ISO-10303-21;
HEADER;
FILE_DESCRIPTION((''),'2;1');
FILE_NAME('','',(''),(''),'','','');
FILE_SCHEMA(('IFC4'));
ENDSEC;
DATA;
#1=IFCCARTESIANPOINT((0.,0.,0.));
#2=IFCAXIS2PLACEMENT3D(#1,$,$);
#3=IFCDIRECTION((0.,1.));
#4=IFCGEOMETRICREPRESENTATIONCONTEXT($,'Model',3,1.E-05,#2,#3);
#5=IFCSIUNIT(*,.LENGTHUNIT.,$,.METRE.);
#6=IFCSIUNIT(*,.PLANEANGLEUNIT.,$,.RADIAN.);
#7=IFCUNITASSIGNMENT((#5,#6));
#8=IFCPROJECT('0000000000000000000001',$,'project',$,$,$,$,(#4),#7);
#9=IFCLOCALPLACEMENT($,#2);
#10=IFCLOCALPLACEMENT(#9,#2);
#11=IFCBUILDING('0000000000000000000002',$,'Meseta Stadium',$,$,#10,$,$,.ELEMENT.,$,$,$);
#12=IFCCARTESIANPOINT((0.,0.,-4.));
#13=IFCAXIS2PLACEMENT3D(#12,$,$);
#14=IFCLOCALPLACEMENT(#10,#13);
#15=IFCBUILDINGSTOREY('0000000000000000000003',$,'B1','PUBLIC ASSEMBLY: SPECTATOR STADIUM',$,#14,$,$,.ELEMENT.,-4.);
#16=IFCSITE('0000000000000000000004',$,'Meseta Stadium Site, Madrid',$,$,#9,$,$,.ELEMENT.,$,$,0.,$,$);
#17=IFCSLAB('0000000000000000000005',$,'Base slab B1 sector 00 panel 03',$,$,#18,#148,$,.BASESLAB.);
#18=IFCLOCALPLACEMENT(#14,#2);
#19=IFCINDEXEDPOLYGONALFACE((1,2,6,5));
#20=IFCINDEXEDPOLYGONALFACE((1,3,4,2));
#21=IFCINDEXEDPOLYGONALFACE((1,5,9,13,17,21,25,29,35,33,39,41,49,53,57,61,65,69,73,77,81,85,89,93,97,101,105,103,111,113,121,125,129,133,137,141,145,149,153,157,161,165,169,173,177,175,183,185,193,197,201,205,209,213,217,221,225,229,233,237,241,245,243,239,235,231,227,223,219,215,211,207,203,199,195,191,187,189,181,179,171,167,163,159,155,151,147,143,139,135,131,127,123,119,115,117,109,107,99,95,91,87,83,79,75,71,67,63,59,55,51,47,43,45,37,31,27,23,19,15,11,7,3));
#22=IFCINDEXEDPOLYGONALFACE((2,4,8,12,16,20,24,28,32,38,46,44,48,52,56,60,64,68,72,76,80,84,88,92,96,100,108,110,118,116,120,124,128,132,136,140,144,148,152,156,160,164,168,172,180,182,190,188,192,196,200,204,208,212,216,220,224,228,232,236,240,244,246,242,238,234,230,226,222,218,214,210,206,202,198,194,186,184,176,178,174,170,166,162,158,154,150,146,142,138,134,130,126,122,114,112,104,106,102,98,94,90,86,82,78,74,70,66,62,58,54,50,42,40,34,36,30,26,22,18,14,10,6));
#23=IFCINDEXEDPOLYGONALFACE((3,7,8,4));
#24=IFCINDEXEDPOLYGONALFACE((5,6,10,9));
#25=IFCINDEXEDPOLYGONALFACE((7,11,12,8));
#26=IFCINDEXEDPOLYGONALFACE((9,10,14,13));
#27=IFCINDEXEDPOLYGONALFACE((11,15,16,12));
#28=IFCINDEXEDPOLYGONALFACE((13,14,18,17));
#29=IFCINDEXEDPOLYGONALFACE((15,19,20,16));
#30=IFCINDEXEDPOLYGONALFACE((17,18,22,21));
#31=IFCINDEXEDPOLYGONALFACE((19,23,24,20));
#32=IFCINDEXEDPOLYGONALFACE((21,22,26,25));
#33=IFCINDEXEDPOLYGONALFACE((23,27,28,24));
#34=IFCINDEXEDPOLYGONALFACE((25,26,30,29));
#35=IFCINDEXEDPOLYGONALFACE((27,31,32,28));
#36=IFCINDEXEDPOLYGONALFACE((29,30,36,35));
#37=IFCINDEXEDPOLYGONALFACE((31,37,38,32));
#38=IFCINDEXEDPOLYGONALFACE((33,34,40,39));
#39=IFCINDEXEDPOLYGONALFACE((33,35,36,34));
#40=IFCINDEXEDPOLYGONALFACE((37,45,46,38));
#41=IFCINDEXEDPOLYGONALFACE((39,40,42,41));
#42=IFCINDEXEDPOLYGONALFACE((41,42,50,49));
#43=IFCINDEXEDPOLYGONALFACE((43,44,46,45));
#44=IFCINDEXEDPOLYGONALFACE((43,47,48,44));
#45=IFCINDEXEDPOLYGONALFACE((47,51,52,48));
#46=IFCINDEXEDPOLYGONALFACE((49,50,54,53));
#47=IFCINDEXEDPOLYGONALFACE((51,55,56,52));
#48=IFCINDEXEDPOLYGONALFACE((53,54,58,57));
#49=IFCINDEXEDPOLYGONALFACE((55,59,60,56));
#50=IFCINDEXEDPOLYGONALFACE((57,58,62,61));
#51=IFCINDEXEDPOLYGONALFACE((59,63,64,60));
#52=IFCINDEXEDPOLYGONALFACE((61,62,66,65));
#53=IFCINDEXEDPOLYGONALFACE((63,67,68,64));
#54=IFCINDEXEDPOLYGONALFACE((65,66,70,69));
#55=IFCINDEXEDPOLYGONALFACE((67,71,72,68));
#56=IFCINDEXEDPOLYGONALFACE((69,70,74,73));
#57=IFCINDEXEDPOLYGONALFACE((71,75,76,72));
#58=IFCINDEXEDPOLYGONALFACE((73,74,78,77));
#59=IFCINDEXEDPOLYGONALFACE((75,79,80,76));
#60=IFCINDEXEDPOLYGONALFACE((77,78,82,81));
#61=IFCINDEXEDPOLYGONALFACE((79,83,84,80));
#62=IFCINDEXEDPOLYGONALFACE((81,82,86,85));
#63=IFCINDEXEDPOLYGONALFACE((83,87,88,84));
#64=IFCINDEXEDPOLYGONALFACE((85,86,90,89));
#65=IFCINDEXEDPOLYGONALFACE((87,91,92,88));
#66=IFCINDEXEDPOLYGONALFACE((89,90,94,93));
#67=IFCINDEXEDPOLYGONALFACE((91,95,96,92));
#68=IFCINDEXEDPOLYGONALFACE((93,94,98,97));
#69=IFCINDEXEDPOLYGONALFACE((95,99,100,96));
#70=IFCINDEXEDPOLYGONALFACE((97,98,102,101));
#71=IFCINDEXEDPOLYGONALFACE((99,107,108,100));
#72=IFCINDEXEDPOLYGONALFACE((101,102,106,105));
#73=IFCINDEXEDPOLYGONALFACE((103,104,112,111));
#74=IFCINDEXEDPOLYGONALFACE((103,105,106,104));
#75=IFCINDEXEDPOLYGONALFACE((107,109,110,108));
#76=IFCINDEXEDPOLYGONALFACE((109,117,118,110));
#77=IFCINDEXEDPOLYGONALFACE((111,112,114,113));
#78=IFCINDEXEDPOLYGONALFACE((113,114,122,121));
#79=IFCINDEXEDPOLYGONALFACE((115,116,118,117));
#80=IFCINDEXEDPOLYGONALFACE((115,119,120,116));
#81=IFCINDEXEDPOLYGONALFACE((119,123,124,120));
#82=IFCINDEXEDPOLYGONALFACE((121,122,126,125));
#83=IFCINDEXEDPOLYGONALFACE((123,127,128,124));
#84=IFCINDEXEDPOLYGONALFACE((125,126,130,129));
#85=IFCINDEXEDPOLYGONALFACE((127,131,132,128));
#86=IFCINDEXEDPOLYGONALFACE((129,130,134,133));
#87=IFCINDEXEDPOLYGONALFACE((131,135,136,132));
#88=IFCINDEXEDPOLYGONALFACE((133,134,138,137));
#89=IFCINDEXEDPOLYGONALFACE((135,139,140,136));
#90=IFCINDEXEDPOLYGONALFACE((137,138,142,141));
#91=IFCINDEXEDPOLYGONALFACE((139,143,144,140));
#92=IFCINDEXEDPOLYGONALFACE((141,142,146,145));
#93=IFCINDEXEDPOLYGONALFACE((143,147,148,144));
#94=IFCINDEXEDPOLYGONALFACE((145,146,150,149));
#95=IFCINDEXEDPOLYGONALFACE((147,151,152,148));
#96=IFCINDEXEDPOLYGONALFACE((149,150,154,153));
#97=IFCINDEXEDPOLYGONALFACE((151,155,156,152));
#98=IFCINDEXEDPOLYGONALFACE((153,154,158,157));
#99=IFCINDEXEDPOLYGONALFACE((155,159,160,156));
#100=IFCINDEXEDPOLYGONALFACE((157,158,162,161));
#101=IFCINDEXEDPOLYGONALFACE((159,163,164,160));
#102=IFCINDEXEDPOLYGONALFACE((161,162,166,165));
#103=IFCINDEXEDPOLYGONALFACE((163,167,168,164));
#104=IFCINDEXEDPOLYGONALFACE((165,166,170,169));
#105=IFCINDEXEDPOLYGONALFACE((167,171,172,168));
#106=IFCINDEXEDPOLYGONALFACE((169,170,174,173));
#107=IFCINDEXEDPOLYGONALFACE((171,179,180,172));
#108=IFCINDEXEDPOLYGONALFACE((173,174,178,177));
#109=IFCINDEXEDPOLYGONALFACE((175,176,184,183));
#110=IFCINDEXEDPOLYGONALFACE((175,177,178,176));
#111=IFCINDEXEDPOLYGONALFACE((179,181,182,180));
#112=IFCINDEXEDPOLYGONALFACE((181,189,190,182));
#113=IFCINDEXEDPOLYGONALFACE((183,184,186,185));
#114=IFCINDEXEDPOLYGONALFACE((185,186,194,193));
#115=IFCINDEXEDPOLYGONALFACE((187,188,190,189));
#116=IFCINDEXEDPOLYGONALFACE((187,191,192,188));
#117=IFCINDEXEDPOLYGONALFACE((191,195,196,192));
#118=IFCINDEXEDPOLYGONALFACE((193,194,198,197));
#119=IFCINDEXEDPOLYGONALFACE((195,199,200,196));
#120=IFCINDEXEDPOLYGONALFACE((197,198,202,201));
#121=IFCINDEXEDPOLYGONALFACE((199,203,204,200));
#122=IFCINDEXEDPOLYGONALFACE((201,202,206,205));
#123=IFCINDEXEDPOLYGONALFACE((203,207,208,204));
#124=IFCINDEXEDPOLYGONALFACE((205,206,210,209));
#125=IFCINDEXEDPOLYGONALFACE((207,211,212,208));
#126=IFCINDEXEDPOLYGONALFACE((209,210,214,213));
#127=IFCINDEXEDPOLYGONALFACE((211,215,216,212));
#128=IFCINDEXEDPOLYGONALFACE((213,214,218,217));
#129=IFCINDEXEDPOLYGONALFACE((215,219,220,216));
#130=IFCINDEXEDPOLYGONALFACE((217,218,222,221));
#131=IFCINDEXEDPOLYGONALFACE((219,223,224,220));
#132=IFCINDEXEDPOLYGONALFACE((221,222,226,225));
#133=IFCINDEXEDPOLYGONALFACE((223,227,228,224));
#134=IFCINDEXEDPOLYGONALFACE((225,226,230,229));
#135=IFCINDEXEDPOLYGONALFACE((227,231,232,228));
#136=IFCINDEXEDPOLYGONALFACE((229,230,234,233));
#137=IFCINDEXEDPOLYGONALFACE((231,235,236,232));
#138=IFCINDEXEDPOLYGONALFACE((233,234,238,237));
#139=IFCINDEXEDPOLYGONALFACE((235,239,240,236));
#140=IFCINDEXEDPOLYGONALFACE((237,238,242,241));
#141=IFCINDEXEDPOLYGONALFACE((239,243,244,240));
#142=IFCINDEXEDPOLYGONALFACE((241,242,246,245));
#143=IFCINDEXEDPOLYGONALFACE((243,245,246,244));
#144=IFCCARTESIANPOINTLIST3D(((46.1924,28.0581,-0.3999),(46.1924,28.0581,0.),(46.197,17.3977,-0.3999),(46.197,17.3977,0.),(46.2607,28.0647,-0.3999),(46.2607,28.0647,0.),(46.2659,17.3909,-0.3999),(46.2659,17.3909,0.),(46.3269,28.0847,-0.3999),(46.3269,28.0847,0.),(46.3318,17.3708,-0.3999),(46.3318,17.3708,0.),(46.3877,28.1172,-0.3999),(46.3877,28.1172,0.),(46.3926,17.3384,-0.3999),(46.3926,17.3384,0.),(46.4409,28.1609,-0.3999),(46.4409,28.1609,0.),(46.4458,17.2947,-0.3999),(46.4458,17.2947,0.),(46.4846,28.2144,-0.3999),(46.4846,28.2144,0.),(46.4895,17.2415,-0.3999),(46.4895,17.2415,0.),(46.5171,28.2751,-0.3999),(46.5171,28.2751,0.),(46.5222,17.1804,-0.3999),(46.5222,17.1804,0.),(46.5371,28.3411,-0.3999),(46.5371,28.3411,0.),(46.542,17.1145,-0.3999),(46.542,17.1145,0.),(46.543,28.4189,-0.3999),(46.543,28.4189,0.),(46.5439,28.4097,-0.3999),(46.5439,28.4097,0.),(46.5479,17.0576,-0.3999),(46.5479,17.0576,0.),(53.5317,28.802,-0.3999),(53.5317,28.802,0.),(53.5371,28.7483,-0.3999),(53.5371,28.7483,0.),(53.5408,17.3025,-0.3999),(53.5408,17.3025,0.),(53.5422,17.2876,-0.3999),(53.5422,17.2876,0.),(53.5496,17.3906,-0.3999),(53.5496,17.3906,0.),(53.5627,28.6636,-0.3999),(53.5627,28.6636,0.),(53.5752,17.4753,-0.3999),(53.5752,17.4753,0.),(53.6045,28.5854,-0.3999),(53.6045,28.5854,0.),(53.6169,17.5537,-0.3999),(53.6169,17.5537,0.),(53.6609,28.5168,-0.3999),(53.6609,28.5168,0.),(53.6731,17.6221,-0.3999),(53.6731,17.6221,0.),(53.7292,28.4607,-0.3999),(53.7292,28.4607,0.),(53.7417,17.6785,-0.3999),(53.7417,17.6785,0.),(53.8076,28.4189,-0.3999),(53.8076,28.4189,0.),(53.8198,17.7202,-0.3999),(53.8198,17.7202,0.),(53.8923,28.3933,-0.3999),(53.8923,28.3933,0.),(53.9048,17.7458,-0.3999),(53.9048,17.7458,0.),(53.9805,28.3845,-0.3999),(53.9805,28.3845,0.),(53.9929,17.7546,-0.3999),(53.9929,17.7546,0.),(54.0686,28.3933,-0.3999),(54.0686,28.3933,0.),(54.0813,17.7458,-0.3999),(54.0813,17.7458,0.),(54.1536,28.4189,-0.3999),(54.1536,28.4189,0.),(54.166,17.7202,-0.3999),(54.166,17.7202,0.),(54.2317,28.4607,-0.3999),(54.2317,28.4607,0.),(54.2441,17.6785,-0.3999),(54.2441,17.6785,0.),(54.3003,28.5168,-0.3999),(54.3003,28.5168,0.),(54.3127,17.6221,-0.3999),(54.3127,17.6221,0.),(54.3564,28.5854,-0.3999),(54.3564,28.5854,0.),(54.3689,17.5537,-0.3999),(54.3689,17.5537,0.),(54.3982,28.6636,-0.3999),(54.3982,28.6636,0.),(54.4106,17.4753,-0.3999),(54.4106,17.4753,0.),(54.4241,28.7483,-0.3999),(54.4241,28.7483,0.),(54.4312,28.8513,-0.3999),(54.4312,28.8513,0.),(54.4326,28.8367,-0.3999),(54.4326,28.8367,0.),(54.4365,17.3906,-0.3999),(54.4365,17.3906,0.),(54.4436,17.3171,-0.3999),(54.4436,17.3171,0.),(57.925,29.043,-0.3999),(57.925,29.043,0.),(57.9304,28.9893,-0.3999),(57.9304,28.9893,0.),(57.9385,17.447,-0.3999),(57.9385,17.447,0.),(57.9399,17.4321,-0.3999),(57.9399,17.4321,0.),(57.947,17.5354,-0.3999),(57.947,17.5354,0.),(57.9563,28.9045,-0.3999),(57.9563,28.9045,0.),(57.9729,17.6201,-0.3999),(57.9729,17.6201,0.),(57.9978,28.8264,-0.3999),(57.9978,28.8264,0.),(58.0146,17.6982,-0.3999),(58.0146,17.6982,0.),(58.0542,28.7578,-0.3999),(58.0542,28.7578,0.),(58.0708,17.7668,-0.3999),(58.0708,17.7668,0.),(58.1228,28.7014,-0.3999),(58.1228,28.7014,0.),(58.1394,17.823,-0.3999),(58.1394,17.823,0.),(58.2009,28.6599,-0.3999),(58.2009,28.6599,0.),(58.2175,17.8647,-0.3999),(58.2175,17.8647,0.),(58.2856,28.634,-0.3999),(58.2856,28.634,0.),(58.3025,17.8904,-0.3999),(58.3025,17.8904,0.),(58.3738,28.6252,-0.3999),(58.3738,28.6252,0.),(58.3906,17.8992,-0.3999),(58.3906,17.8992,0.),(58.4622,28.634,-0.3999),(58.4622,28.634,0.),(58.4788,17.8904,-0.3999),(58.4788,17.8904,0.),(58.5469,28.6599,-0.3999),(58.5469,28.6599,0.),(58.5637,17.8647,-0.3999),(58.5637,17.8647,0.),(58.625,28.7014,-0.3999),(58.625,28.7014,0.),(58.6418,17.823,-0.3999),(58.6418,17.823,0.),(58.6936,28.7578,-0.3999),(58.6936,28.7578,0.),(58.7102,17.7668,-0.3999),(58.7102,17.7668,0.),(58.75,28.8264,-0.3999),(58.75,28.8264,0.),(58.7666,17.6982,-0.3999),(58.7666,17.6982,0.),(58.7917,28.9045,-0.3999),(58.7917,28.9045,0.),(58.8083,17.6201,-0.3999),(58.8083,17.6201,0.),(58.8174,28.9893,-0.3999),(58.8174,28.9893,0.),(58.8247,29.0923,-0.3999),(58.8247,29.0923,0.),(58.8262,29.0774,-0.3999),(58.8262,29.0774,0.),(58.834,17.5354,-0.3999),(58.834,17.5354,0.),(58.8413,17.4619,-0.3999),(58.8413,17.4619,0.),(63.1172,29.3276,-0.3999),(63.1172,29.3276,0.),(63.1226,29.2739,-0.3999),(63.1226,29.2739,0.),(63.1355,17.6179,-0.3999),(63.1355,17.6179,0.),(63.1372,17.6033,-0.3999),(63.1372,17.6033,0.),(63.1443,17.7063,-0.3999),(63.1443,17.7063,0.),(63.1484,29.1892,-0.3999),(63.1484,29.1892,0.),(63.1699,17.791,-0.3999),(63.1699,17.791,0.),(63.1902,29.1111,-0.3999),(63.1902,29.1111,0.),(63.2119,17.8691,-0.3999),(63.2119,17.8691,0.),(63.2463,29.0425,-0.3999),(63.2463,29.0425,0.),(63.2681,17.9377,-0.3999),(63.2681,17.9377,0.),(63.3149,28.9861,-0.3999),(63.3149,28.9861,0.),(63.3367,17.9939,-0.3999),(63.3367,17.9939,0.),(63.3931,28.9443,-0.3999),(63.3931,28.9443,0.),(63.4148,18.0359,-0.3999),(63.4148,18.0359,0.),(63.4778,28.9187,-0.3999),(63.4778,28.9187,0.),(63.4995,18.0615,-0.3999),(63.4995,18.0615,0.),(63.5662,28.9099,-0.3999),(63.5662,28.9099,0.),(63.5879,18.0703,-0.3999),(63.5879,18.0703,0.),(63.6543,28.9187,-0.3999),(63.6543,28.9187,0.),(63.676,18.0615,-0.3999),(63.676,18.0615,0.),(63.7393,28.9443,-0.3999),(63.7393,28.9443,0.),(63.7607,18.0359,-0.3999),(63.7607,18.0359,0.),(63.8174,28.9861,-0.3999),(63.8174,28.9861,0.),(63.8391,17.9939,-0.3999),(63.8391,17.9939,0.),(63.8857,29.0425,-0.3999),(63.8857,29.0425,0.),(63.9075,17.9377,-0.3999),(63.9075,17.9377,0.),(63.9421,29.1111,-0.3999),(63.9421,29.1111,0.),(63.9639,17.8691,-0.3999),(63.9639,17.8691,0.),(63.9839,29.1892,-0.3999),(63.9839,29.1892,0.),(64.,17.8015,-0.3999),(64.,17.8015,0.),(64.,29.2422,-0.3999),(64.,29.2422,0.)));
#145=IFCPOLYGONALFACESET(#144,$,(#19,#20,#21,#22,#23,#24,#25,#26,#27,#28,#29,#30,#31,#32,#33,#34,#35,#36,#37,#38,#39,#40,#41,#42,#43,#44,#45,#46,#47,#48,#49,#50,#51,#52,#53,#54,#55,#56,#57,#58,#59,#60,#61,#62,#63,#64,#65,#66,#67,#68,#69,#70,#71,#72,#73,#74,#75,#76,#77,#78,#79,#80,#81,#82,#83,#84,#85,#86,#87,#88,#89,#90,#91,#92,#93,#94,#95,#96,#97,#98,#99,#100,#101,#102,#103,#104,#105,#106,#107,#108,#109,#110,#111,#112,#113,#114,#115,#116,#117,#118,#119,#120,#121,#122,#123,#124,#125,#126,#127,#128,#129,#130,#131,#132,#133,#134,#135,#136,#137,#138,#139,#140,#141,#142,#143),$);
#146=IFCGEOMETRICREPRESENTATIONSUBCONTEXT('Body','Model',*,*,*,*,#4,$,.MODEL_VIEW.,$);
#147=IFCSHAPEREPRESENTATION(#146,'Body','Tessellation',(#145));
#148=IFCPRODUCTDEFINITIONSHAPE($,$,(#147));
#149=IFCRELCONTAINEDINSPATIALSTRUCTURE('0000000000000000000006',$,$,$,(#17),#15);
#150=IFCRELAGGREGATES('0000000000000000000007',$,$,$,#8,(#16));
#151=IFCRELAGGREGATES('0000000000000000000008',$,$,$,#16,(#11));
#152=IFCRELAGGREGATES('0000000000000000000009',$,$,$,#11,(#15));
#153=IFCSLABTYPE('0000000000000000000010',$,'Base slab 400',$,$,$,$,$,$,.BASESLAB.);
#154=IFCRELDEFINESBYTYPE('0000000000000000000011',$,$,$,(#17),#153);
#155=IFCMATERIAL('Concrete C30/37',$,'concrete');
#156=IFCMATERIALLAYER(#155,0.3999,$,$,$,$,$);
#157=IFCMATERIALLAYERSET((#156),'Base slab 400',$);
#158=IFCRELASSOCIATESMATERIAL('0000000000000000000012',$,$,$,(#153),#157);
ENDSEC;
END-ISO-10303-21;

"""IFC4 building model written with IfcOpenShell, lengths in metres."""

from ifc_helpers import new_model, si_unit, direction, frame, origin, place, context, subcontext, project, spatial, polyline, outline, extrude, material, layer, layer_set, type_object, element, save


model = new_model("IFC4")

# Units and contexts
model_context = context("Model", 3, precision=1e-05, world=origin(), true_north=direction((0.0, 1.0)))
body_context = subcontext(model_context, "Body", "Model", "MODEL_VIEW")
ifc_project = project(units=[si_unit("LENGTHUNIT", "METRE"), si_unit("PLANEANGLEUNIT", "RADIAN")], contexts=[model_context])

# Site, building, storey
site_placement = place(None, origin())
site = spatial("IfcSite", under=ifc_project, at=site_placement, Name="Meseta Stadium Site, Madrid", CompositionType="ELEMENT", RefElevation=0.0)
building_placement = place(site_placement, origin())
building = spatial("IfcBuilding", under=site, at=building_placement, Name="Meseta Stadium", CompositionType="ELEMENT")
storey_placement = place(building_placement, frame((0.0, 0.0, -4.0)))
storey = spatial("IfcBuildingStorey", under=building, at=storey_placement, Name="B1", Description="PUBLIC ASSEMBLY: SPECTATOR STADIUM", CompositionType="ELEMENT", Elevation=-4.0)

# Slab
ifc_material_1 = material(Name="Concrete C30/37", Category="concrete")
ifc_layer_1 = layer(ifc_material_1, 0.3999)
ifc_layer_set_1 = layer_set([ifc_layer_1], Name="Base slab 400")
slab_type = type_object("IfcSlabType", Name="Base slab 400", PredefinedType="BASESLAB", material=ifc_layer_set_1)
slab_1_placement = place(storey_placement, frame((0.0, 0.0, -0.3999)))
element("IfcSlab", 1, at=slab_1_placement, inside=storey, type_object=slab_type, Name="Base slab B1 sector 00 panel 03", PredefinedType="BASESLAB", context=body_context, shape_type="SweptSolid", body=[
    extrude(outline(polyline([(46.4458, 17.2947), (46.4895, 17.2415), (46.5222, 17.1804), (46.542, 17.1145), (46.5479, 17.0576), (53.5422, 17.2876), (53.5408, 17.3025), (53.5496, 17.3906), (53.5752, 17.4753), (53.6169, 17.5537), (53.6731, 17.6221), (53.7417, 17.6785), (53.8198, 17.7202), (53.9048, 17.7458), (53.9929, 17.7546), (54.0813, 17.7458), (54.166, 17.7202), (54.2441, 17.6785), (54.3127, 17.6221), (54.3689, 17.5537), (54.4106, 17.4753), (54.4365, 17.3906), (54.4436, 17.3171), (57.9399, 17.4321), (57.9385, 17.447), (57.947, 17.5354), (57.9729, 17.6201), (58.0146, 17.6982), (58.0708, 17.7668), (58.1394, 17.823), (58.2175, 17.8647), (58.3025, 17.8904), (58.3906, 17.8992), (58.4788, 17.8904), (58.5637, 17.8647), (58.6418, 17.823), (58.7102, 17.7668), (58.7666, 17.6982), (58.8083, 17.6201), (58.834, 17.5354), (58.8413, 17.4619), (63.1372, 17.6033), (63.1355, 17.6179), (63.1443, 17.7063), (63.1699, 17.791), (63.2119, 17.8691), (63.2681, 17.9377), (63.3367, 17.9939), (63.4148, 18.0359), (63.4995, 18.0615), (63.5879, 18.0703), (63.676, 18.0615), (63.7607, 18.0359), (63.8391, 17.9939), (63.9075, 17.9377), (63.9639, 17.8691), (64.0, 17.8015), (64.0, 29.2422), (63.9839, 29.1892), (63.9421, 29.1111), (63.8857, 29.0425), (63.8174, 28.9861), (63.7393, 28.9443), (63.6543, 28.9187), (63.5662, 28.9099), (63.4778, 28.9187), (63.3931, 28.9443), (63.3149, 28.9861), (63.2463, 29.0425), (63.1902, 29.1111), (63.1484, 29.1892), (63.1226, 29.2739), (63.1172, 29.3276), (58.8247, 29.0923), (58.8262, 29.0774), (58.8174, 28.9893), (58.7917, 28.9045), (58.75, 28.8264), (58.6936, 28.7578), (58.625, 28.7014), (58.5469, 28.6599), (58.4622, 28.634), (58.3738, 28.6252), (58.2856, 28.634), (58.2009, 28.6599), (58.1228, 28.7014), (58.0542, 28.7578), (57.9978, 28.8264), (57.9563, 28.9045), (57.9304, 28.9893), (57.925, 29.043), (54.4312, 28.8513), (54.4326, 28.8367), (54.4241, 28.7483), (54.3982, 28.6636), (54.3564, 28.5854), (54.3003, 28.5168), (54.2317, 28.4607), (54.1536, 28.4189), (54.0686, 28.3933), (53.9805, 28.3845), (53.8923, 28.3933), (53.8076, 28.4189), (53.7292, 28.4607), (53.6609, 28.5168), (53.6045, 28.5854), (53.5627, 28.6636), (53.5371, 28.7483), (53.5317, 28.802), (46.543, 28.4189), (46.5439, 28.4097), (46.5371, 28.3411), (46.5171, 28.2751), (46.4846, 28.2144), (46.4409, 28.1609), (46.3877, 28.1172), (46.3269, 28.0847), (46.2607, 28.0647), (46.1924, 28.0581), (46.197, 17.3977), (46.2659, 17.3909), (46.3318, 17.3708), (46.3926, 17.3384), (46.4458, 17.2947)])), origin(), (0.0, 0.0, 1.0), 0.3999),
])

save(model, "model.ifc")
